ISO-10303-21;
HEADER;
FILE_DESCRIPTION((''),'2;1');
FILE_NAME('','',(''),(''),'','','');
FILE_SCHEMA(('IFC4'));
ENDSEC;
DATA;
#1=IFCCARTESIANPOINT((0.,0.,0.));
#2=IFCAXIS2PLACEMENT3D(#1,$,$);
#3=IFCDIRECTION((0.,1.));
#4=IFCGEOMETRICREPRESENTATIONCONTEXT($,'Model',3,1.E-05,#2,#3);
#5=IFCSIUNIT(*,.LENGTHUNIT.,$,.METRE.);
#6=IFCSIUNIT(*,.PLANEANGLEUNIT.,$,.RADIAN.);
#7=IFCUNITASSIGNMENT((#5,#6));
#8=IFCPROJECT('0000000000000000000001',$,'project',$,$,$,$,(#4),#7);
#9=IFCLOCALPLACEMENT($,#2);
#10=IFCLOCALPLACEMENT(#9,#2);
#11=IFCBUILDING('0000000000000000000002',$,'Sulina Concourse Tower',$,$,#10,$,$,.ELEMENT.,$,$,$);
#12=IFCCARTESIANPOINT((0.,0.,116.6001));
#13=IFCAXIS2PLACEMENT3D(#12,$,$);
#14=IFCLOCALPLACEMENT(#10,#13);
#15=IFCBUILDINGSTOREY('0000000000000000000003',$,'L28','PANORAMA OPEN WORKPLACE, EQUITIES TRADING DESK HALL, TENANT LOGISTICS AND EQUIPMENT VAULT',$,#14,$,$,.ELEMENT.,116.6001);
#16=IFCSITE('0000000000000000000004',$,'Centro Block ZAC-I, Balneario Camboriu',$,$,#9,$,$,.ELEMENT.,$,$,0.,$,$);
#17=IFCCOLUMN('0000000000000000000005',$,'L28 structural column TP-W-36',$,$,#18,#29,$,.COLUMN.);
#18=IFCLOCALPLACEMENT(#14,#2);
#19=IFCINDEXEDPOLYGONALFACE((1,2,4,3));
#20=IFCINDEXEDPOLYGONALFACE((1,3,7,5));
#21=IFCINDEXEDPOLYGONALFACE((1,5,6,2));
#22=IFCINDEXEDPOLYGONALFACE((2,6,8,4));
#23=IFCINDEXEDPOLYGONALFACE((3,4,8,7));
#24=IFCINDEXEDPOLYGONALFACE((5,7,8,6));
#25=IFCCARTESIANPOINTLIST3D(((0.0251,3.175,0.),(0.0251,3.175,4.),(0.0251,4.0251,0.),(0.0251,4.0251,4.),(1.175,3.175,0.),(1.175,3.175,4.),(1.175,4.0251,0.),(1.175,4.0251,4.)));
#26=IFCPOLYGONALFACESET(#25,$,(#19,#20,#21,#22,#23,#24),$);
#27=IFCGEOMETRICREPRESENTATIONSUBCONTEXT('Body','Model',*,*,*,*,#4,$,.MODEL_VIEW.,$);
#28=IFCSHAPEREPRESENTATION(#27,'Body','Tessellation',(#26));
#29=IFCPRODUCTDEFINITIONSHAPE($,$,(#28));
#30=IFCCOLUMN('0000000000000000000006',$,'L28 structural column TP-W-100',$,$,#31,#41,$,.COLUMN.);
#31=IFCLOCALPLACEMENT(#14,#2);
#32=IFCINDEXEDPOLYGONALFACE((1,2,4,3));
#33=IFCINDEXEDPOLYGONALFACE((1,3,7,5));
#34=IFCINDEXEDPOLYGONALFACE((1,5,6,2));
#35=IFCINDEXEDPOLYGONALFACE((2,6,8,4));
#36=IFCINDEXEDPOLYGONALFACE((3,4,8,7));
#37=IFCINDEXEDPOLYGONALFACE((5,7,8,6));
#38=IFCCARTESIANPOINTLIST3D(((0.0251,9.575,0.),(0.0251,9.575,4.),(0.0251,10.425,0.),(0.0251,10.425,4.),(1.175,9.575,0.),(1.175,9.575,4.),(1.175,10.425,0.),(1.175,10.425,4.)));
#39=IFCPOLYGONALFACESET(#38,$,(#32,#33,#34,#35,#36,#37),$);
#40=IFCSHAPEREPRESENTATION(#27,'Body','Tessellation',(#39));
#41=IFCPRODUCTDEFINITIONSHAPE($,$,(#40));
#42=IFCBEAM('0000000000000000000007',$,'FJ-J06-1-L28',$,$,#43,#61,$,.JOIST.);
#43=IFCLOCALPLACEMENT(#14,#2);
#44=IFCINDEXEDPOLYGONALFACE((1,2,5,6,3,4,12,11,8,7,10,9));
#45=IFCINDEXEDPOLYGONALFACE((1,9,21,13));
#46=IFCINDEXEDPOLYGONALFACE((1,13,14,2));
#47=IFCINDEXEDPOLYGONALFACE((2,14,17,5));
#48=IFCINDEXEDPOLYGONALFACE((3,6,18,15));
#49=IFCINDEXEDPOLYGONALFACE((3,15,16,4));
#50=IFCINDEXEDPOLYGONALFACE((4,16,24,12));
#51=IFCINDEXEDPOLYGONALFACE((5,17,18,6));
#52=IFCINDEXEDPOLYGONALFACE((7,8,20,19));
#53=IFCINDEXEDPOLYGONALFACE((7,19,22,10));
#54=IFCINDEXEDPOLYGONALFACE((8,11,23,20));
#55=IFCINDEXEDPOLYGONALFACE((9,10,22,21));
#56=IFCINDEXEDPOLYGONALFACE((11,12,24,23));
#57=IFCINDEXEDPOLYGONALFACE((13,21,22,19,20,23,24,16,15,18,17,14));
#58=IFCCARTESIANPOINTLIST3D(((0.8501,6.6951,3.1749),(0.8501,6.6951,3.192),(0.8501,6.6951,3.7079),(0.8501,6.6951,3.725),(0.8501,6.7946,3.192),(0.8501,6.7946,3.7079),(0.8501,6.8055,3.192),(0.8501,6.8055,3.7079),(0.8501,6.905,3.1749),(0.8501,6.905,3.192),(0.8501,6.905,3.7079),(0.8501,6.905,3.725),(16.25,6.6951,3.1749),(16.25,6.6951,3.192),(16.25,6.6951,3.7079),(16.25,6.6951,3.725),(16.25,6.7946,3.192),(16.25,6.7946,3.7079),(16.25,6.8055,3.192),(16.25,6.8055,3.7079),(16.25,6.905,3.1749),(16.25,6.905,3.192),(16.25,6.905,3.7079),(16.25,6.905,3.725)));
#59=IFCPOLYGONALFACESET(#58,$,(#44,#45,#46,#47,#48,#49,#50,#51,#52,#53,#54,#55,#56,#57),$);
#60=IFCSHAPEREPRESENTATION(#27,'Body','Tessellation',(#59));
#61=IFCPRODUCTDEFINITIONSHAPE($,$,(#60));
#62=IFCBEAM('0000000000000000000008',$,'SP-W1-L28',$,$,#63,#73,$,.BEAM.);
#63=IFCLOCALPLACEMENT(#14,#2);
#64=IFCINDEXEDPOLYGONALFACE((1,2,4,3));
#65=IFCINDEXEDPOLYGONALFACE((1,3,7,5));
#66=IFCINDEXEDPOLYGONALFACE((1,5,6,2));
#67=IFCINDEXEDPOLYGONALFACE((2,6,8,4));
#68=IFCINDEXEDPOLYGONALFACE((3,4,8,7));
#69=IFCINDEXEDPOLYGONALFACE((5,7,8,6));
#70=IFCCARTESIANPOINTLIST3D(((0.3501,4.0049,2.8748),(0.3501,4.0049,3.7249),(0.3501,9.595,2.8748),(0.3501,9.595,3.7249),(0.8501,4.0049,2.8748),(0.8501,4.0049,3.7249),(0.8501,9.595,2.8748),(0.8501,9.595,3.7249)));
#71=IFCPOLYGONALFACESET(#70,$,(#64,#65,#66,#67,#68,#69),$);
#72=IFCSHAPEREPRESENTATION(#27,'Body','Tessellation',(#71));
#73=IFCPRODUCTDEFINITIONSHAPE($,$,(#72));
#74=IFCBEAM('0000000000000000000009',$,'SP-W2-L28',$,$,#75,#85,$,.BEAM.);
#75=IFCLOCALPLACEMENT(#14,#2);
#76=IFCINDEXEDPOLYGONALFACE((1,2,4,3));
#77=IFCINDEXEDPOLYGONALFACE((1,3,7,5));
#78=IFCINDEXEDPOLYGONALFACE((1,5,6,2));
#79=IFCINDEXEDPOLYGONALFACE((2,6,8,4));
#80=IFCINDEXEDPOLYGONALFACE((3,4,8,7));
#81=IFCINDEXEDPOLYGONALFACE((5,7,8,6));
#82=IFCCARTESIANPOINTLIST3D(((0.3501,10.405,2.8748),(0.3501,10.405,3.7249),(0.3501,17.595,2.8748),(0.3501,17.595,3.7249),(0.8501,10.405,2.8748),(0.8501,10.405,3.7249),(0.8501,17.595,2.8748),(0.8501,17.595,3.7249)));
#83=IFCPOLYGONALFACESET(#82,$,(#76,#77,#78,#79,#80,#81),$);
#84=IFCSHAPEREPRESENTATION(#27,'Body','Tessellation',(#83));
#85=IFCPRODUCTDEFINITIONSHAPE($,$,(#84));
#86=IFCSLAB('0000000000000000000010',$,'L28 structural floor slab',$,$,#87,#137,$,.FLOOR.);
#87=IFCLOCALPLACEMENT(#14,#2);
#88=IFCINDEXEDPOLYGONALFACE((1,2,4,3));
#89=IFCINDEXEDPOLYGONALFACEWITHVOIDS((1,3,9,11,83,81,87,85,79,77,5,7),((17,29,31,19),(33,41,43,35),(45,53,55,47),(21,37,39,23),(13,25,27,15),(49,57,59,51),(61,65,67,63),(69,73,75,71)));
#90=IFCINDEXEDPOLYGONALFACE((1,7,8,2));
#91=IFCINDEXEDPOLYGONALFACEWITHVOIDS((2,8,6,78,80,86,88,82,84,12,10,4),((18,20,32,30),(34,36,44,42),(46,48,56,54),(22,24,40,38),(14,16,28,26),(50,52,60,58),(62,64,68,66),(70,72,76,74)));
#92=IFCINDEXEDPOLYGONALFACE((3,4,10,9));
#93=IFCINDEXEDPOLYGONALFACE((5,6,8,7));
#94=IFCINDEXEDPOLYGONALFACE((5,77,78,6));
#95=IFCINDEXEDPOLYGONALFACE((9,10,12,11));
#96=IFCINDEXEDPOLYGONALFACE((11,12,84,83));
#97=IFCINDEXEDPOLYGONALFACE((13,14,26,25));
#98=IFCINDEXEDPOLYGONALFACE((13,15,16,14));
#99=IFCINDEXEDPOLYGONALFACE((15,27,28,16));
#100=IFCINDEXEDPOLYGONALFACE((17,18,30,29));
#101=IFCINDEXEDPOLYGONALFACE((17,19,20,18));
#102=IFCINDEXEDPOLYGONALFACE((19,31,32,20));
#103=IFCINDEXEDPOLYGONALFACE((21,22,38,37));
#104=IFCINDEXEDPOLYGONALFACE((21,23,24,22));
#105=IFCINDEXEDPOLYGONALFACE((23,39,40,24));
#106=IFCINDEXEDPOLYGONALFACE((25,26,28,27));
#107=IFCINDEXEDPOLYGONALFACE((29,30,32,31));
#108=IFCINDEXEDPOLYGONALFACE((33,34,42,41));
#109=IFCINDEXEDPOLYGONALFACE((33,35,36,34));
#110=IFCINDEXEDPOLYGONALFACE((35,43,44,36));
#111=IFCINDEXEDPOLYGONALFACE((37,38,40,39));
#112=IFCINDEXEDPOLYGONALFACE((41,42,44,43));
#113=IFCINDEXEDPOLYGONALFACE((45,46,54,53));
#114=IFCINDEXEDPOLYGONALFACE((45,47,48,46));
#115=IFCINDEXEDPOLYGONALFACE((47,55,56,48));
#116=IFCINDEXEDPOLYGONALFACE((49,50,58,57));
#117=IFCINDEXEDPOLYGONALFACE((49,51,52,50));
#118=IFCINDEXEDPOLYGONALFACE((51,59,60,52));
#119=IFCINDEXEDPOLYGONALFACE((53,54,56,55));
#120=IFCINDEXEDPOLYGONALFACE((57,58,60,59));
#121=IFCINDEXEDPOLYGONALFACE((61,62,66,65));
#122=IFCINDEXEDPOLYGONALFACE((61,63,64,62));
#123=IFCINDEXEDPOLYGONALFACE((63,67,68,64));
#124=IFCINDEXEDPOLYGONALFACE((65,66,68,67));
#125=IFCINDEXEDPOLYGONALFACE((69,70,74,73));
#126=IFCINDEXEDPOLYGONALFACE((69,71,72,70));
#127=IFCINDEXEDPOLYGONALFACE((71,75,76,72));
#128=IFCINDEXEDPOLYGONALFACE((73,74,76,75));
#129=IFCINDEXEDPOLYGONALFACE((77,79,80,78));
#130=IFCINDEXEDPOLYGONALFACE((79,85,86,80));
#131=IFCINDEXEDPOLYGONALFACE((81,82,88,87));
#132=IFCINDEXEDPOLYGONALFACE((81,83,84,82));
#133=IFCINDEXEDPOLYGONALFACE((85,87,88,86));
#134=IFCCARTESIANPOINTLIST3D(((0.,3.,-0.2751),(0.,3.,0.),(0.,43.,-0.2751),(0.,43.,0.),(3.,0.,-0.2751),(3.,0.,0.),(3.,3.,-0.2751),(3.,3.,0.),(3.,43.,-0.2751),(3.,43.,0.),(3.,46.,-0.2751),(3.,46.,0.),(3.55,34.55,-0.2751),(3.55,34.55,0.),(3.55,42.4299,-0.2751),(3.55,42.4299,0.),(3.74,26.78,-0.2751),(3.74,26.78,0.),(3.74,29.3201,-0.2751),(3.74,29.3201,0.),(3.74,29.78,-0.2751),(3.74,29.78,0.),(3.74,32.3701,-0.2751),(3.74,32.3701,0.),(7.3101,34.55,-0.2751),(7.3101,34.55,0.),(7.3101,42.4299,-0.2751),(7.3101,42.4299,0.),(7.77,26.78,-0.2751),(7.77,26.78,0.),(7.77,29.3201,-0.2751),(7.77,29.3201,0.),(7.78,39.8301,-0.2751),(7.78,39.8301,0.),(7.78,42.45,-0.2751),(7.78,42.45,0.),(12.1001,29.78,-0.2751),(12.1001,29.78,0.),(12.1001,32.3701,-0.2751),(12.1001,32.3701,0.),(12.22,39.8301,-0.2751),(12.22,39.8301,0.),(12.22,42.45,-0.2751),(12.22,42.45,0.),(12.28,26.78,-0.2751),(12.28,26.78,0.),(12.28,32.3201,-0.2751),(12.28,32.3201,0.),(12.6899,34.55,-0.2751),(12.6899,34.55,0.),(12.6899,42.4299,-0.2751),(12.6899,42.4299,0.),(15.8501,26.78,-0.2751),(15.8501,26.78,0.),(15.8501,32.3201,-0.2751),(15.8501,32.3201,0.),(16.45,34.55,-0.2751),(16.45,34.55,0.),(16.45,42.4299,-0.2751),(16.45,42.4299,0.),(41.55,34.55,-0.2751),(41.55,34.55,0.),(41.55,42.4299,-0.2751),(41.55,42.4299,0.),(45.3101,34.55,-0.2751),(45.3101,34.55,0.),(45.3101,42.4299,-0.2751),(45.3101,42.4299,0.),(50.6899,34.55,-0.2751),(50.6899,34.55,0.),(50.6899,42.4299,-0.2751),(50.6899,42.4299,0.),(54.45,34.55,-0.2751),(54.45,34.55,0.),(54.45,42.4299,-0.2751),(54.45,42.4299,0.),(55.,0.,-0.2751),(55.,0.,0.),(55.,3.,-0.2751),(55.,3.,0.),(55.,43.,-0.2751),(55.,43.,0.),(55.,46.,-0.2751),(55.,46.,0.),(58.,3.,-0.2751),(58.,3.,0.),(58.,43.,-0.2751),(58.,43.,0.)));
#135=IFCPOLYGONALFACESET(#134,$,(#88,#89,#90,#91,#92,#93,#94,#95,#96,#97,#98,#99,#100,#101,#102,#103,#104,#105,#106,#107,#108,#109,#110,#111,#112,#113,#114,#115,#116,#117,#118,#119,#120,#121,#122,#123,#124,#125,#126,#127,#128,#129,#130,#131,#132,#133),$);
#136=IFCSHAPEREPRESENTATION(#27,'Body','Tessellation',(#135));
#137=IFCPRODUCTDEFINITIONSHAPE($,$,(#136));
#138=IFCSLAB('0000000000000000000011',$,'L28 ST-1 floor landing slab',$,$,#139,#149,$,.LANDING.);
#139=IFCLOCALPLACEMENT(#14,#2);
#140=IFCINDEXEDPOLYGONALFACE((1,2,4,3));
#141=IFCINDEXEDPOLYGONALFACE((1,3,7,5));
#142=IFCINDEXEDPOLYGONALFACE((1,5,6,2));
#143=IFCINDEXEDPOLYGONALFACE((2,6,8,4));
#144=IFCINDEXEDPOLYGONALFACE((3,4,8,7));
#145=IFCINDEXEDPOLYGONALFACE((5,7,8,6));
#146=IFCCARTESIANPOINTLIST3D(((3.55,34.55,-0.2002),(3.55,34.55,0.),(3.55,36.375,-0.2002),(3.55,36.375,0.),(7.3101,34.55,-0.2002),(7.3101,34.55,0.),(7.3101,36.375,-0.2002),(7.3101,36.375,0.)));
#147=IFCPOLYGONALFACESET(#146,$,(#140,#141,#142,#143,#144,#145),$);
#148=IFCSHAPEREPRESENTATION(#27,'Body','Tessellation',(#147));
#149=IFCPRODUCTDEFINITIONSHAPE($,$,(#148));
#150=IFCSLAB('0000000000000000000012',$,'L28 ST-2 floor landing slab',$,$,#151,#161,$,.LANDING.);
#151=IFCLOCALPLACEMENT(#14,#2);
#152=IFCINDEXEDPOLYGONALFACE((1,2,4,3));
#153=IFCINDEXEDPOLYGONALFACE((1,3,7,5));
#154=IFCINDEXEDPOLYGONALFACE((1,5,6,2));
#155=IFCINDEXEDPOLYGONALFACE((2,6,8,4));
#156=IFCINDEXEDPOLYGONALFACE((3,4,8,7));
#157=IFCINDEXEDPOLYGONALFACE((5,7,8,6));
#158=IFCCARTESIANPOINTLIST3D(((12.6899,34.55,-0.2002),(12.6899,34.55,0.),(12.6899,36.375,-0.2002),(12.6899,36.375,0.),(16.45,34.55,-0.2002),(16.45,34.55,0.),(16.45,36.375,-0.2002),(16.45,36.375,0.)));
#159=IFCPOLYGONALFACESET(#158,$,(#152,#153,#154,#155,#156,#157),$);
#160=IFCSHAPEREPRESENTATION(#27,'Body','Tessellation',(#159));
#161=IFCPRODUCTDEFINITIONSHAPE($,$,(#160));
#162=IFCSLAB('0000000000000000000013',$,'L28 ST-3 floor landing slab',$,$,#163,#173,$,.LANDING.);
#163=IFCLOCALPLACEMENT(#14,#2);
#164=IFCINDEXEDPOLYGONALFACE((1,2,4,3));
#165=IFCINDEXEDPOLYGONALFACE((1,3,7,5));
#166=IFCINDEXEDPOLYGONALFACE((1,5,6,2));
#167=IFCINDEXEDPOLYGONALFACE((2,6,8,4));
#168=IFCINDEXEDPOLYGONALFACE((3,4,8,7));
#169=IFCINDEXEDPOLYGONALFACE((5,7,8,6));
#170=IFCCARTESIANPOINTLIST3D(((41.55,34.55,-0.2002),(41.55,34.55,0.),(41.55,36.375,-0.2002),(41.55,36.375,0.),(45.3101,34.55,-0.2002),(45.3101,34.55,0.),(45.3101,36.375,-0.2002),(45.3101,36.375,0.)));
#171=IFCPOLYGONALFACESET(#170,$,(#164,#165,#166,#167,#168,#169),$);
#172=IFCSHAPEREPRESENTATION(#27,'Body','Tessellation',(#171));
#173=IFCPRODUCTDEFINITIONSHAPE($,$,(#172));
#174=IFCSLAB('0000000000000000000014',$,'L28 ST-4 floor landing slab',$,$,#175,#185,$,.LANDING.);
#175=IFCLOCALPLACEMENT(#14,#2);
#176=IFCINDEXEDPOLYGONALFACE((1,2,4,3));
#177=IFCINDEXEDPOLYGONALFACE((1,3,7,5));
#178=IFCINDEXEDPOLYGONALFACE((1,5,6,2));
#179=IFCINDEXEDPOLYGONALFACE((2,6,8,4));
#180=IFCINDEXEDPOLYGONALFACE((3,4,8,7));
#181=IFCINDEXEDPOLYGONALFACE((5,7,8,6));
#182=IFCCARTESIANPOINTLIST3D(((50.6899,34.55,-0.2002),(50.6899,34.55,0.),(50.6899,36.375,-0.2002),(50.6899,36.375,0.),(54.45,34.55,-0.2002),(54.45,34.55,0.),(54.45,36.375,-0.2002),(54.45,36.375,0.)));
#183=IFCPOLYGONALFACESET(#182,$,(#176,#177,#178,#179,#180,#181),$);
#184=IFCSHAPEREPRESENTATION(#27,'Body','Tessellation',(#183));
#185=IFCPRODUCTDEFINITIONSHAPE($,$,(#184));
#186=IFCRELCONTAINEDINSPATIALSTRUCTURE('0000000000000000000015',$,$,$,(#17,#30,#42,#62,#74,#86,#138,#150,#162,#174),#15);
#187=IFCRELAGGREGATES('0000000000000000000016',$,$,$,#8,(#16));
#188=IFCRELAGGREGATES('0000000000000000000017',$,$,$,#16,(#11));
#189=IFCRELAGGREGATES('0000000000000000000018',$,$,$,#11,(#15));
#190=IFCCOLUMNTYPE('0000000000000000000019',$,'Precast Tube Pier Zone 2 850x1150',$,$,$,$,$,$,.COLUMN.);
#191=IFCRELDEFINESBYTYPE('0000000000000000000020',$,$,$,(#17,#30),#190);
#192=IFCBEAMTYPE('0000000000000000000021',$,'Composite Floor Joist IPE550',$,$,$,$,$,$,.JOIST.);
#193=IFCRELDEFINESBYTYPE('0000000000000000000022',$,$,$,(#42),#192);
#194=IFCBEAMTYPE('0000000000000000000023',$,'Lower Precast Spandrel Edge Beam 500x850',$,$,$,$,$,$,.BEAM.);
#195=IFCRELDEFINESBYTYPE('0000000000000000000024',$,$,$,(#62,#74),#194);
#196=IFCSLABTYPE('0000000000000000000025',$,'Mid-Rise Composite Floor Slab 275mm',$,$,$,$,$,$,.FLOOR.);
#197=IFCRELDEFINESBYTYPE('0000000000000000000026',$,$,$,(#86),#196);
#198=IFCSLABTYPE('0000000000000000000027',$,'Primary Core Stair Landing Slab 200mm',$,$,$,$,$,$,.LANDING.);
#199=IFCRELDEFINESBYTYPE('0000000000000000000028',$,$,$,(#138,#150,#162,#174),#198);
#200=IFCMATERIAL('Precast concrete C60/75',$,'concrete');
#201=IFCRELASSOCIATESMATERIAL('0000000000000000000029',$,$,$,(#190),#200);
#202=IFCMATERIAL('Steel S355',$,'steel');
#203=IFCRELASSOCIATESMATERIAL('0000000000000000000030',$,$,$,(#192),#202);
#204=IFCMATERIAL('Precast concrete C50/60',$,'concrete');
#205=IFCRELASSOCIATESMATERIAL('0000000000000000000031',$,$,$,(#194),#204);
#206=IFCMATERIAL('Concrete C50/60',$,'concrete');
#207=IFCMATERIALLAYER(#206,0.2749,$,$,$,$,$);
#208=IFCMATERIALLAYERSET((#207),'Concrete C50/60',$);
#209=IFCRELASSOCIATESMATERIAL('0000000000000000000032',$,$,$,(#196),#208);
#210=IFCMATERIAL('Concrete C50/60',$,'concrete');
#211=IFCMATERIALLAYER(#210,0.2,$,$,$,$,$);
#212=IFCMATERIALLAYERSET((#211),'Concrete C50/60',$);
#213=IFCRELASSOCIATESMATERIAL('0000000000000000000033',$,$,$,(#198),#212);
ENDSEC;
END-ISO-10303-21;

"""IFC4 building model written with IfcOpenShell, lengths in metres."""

from ifc_helpers import new_model, si_unit, direction, frame, origin, origin_2d, place, context, subcontext, project, spatial, polyline, rectangle, i_section, outline, extrude, material, layer, layer_set, material_profile, profile_set, type_object, element, save


model = new_model("IFC4")

# Units and contexts
model_context = context("Model", 3, precision=1e-05, world=origin(), true_north=direction((0.0, 1.0)))
body_context = subcontext(model_context, "Body", "Model", "MODEL_VIEW")
ifc_project = project(units=[si_unit("LENGTHUNIT", "METRE"), si_unit("PLANEANGLEUNIT", "RADIAN")], contexts=[model_context])

# Site, building, storey
site_placement = place(None, origin())
site = spatial("IfcSite", under=ifc_project, at=site_placement, Name="Centro Block ZAC-I, Balneario Camboriu", CompositionType="ELEMENT", RefElevation=0.0)
building_placement = place(site_placement, origin())
building = spatial("IfcBuilding", under=site, at=building_placement, Name="Sulina Concourse Tower", CompositionType="ELEMENT")
storey_placement = place(building_placement, frame((0.0, 0.0, 116.6001)))
storey = spatial("IfcBuildingStorey", under=building, at=storey_placement, Name="L28", Description="PANORAMA OPEN WORKPLACE, EQUITIES TRADING DESK HALL, TENANT LOGISTICS AND EQUIPMENT VAULT", CompositionType="ELEMENT", Elevation=116.6001)

# Columns
ifc_material_1 = material(Name="Precast concrete C60/75", Category="concrete")
ifc_material_profile_1 = material_profile(ifc_material_1, rectangle(XDim=0.8501, YDim=1.1499, at=origin_2d()), Name="PC 850x1150")
ifc_profile_set_1 = profile_set([ifc_material_profile_1], Name="Precast concrete C60/75")
column_type = type_object("IfcColumnType", Name="Precast Tube Pier Zone 2 850x1150", PredefinedType="COLUMN", material=ifc_profile_set_1)
for number, where, z_axis, x_axis, name in (
    (1, (0.6001, 3.6001, 0.0), (0.0, 0.0, 1.0), (0.0, 1.0, 0.0), "L28 structural column TP-W-36"),
    (2, (0.6001, 10.0, 0.0), (0.0, 0.0, 1.0), (0.0, 1.0, 0.0), "L28 structural column TP-W-100"),
):
    element("IfcColumn", number, at=place(storey_placement, frame(where, z_axis=z_axis, x_axis=x_axis)), inside=storey, type_object=column_type, Name=name, PredefinedType="COLUMN", context=body_context, shape_type="SweptSolid", body=[
        extrude(rectangle(XDim=0.8501, YDim=1.1499, at=origin_2d()), origin(), (0.0, 0.0, 1.0), 4.0),
    ])

# Beams
ifc_material_2 = material(Name="Steel S355", Category="steel")
ifc_material_profile_2 = material_profile(ifc_material_2, i_section(OverallWidth=0.21, OverallDepth=0.55, WebThickness=0.011, FlangeThickness=0.0171, at=origin_2d()), Name="IPE 550")
ifc_profile_set_2 = profile_set([ifc_material_profile_2], Name="Steel S355")
beam_type_1 = type_object("IfcBeamType", Name="Composite Floor Joist IPE550", PredefinedType="JOIST", material=ifc_profile_set_2)
beam_1_placement = place(storey_placement, frame((0.8501, 6.8, 3.45), z_axis=(1.0, 0.0, 0.0), x_axis=(0.0, 1.0, 0.0)))
element("IfcBeam", 3, at=beam_1_placement, inside=storey, type_object=beam_type_1, Name="FJ-J06-1-L28", PredefinedType="JOIST", context=body_context, shape_type="SweptSolid", body=[
    extrude(i_section(OverallWidth=0.21, OverallDepth=0.55, WebThickness=0.011, FlangeThickness=0.0171, at=origin_2d()), origin(), (0.0, 0.0, 1.0), 15.3999),
])
ifc_material_3 = material(Name="Precast concrete C50/60", Category="concrete")
ifc_material_profile_3 = material_profile(ifc_material_3, rectangle(XDim=0.5, YDim=0.8501, at=origin_2d()), Name="RC 500x850")
ifc_profile_set_3 = profile_set([ifc_material_profile_3], Name="Precast concrete C50/60")
beam_type_2 = type_object("IfcBeamType", Name="Lower Precast Spandrel Edge Beam 500x850", PredefinedType="BEAM", material=ifc_profile_set_3)
beam_2_placement = place(storey_placement, frame((0.6001, 4.0049, 3.2998), z_axis=(0.0, 1.0, 0.0), x_axis=(-1.0, 0.0, 0.0)))
element("IfcBeam", 4, at=beam_2_placement, inside=storey, type_object=beam_type_2, Name="SP-W1-L28", PredefinedType="BEAM", context=body_context, shape_type="SweptSolid", body=[
    extrude(rectangle(XDim=0.5, YDim=0.8501, at=origin_2d()), origin(), (0.0, 0.0, 1.0), 5.5901),
])
beam_3_placement = place(storey_placement, frame((0.6001, 10.405, 3.2998), z_axis=(0.0, 1.0, 0.0), x_axis=(-1.0, 0.0, 0.0)))
element("IfcBeam", 5, at=beam_3_placement, inside=storey, type_object=beam_type_2, Name="SP-W2-L28", PredefinedType="BEAM", context=body_context, shape_type="SweptSolid", body=[
    extrude(rectangle(XDim=0.5, YDim=0.8501, at=origin_2d()), origin(), (0.0, 0.0, 1.0), 7.1899),
])

# Slabs
ifc_material_4 = material(Name="Concrete C50/60", Category="concrete")
ifc_layer_1 = layer(ifc_material_4, 0.2749)
ifc_layer_set_1 = layer_set([ifc_layer_1], Name="Concrete C50/60")
slab_type_1 = type_object("IfcSlabType", Name="Mid-Rise Composite Floor Slab 275mm", PredefinedType="FLOOR", material=ifc_layer_set_1)
slab_1_placement = place(storey_placement, frame((0.0, 0.0, -0.2751)))
element("IfcSlab", 6, at=slab_1_placement, inside=storey, type_object=slab_type_1, Name="L28 structural floor slab", PredefinedType="FLOOR", context=body_context, shape_type="SweptSolid", body=[
    extrude(outline(polyline([(3.0, 0.0), (55.0, 0.0), (55.0, 3.0), (58.0, 3.0), (58.0, 43.0), (55.0, 43.0), (55.0, 46.0), (3.0, 46.0), (3.0, 43.0), (0.0, 43.0), (0.0, 3.0), (3.0, 3.0), (3.0, 0.0)]), holes=[polyline([(7.3101, 34.55), (7.3101, 42.4299), (3.55, 42.4299), (3.55, 34.55), (7.3101, 34.55)]), polyline([(16.45, 34.55), (16.45, 42.4299), (12.6899, 42.4299), (12.6899, 34.55), (16.45, 34.55)]), polyline([(45.3101, 34.55), (45.3101, 42.4299), (41.55, 42.4299), (41.55, 34.55), (45.3101, 34.55)]), polyline([(54.45, 34.55), (54.45, 42.4299), (50.6899, 42.4299), (50.6899, 34.55), (54.45, 34.55)]), polyline([(7.78, 39.8301), (12.22, 39.8301), (12.22, 42.45), (7.78, 42.45), (7.78, 39.8301)]), polyline([(3.74, 26.78), (7.77, 26.78), (7.77, 29.3201), (3.74, 29.3201), (3.74, 26.78)]), polyline([(3.74, 29.78), (12.1001, 29.78), (12.1001, 32.3701), (3.74, 32.3701), (3.74, 29.78)]), polyline([(12.28, 26.78), (15.8501, 26.78), (15.8501, 32.3201), (12.28, 32.3201), (12.28, 26.78)])]), origin(), (0.0, 0.0, 1.0), 0.2751),
])
ifc_material_5 = material(Name="Concrete C50/60", Category="concrete")
ifc_layer_2 = layer(ifc_material_5, 0.2)
ifc_layer_set_2 = layer_set([ifc_layer_2], Name="Concrete C50/60")
slab_type_2 = type_object("IfcSlabType", Name="Primary Core Stair Landing Slab 200mm", PredefinedType="LANDING", material=ifc_layer_set_2)
slab_2_placement = place(storey_placement, frame((0.0, 0.0, -0.2002)))
element("IfcSlab", 7, at=slab_2_placement, inside=storey, type_object=slab_type_2, Name="L28 ST-1 floor landing slab", PredefinedType="LANDING", context=body_context, shape_type="SweptSolid", body=[
    extrude(outline(polyline([(7.3101, 34.55), (7.3101, 36.375), (3.55, 36.375), (3.55, 34.55), (7.3101, 34.55)])), origin(), (0.0, 0.0, 1.0), 0.2002),
])
slab_3_placement = place(storey_placement, frame((0.0, 0.0, -0.2002)))
element("IfcSlab", 8, at=slab_3_placement, inside=storey, type_object=slab_type_2, Name="L28 ST-2 floor landing slab", PredefinedType="LANDING", context=body_context, shape_type="SweptSolid", body=[
    extrude(outline(polyline([(16.45, 34.55), (16.45, 36.375), (12.6899, 36.375), (12.6899, 34.55), (16.45, 34.55)])), origin(), (0.0, 0.0, 1.0), 0.2002),
])
slab_4_placement = place(storey_placement, frame((0.0, 0.0, -0.2002)))
element("IfcSlab", 9, at=slab_4_placement, inside=storey, type_object=slab_type_2, Name="L28 ST-3 floor landing slab", PredefinedType="LANDING", context=body_context, shape_type="SweptSolid", body=[
    extrude(outline(polyline([(45.3101, 34.55), (45.3101, 36.375), (41.55, 36.375), (41.55, 34.55), (45.3101, 34.55)])), origin(), (0.0, 0.0, 1.0), 0.2002),
])
slab_5_placement = place(storey_placement, frame((0.0, 0.0, -0.2002)))
element("IfcSlab", 10, at=slab_5_placement, inside=storey, type_object=slab_type_2, Name="L28 ST-4 floor landing slab", PredefinedType="LANDING", context=body_context, shape_type="SweptSolid", body=[
    extrude(outline(polyline([(54.45, 34.55), (54.45, 36.375), (50.6899, 36.375), (50.6899, 34.55), (54.45, 34.55)])), origin(), (0.0, 0.0, 1.0), 0.2002),
])

save(model, "model.ifc")
